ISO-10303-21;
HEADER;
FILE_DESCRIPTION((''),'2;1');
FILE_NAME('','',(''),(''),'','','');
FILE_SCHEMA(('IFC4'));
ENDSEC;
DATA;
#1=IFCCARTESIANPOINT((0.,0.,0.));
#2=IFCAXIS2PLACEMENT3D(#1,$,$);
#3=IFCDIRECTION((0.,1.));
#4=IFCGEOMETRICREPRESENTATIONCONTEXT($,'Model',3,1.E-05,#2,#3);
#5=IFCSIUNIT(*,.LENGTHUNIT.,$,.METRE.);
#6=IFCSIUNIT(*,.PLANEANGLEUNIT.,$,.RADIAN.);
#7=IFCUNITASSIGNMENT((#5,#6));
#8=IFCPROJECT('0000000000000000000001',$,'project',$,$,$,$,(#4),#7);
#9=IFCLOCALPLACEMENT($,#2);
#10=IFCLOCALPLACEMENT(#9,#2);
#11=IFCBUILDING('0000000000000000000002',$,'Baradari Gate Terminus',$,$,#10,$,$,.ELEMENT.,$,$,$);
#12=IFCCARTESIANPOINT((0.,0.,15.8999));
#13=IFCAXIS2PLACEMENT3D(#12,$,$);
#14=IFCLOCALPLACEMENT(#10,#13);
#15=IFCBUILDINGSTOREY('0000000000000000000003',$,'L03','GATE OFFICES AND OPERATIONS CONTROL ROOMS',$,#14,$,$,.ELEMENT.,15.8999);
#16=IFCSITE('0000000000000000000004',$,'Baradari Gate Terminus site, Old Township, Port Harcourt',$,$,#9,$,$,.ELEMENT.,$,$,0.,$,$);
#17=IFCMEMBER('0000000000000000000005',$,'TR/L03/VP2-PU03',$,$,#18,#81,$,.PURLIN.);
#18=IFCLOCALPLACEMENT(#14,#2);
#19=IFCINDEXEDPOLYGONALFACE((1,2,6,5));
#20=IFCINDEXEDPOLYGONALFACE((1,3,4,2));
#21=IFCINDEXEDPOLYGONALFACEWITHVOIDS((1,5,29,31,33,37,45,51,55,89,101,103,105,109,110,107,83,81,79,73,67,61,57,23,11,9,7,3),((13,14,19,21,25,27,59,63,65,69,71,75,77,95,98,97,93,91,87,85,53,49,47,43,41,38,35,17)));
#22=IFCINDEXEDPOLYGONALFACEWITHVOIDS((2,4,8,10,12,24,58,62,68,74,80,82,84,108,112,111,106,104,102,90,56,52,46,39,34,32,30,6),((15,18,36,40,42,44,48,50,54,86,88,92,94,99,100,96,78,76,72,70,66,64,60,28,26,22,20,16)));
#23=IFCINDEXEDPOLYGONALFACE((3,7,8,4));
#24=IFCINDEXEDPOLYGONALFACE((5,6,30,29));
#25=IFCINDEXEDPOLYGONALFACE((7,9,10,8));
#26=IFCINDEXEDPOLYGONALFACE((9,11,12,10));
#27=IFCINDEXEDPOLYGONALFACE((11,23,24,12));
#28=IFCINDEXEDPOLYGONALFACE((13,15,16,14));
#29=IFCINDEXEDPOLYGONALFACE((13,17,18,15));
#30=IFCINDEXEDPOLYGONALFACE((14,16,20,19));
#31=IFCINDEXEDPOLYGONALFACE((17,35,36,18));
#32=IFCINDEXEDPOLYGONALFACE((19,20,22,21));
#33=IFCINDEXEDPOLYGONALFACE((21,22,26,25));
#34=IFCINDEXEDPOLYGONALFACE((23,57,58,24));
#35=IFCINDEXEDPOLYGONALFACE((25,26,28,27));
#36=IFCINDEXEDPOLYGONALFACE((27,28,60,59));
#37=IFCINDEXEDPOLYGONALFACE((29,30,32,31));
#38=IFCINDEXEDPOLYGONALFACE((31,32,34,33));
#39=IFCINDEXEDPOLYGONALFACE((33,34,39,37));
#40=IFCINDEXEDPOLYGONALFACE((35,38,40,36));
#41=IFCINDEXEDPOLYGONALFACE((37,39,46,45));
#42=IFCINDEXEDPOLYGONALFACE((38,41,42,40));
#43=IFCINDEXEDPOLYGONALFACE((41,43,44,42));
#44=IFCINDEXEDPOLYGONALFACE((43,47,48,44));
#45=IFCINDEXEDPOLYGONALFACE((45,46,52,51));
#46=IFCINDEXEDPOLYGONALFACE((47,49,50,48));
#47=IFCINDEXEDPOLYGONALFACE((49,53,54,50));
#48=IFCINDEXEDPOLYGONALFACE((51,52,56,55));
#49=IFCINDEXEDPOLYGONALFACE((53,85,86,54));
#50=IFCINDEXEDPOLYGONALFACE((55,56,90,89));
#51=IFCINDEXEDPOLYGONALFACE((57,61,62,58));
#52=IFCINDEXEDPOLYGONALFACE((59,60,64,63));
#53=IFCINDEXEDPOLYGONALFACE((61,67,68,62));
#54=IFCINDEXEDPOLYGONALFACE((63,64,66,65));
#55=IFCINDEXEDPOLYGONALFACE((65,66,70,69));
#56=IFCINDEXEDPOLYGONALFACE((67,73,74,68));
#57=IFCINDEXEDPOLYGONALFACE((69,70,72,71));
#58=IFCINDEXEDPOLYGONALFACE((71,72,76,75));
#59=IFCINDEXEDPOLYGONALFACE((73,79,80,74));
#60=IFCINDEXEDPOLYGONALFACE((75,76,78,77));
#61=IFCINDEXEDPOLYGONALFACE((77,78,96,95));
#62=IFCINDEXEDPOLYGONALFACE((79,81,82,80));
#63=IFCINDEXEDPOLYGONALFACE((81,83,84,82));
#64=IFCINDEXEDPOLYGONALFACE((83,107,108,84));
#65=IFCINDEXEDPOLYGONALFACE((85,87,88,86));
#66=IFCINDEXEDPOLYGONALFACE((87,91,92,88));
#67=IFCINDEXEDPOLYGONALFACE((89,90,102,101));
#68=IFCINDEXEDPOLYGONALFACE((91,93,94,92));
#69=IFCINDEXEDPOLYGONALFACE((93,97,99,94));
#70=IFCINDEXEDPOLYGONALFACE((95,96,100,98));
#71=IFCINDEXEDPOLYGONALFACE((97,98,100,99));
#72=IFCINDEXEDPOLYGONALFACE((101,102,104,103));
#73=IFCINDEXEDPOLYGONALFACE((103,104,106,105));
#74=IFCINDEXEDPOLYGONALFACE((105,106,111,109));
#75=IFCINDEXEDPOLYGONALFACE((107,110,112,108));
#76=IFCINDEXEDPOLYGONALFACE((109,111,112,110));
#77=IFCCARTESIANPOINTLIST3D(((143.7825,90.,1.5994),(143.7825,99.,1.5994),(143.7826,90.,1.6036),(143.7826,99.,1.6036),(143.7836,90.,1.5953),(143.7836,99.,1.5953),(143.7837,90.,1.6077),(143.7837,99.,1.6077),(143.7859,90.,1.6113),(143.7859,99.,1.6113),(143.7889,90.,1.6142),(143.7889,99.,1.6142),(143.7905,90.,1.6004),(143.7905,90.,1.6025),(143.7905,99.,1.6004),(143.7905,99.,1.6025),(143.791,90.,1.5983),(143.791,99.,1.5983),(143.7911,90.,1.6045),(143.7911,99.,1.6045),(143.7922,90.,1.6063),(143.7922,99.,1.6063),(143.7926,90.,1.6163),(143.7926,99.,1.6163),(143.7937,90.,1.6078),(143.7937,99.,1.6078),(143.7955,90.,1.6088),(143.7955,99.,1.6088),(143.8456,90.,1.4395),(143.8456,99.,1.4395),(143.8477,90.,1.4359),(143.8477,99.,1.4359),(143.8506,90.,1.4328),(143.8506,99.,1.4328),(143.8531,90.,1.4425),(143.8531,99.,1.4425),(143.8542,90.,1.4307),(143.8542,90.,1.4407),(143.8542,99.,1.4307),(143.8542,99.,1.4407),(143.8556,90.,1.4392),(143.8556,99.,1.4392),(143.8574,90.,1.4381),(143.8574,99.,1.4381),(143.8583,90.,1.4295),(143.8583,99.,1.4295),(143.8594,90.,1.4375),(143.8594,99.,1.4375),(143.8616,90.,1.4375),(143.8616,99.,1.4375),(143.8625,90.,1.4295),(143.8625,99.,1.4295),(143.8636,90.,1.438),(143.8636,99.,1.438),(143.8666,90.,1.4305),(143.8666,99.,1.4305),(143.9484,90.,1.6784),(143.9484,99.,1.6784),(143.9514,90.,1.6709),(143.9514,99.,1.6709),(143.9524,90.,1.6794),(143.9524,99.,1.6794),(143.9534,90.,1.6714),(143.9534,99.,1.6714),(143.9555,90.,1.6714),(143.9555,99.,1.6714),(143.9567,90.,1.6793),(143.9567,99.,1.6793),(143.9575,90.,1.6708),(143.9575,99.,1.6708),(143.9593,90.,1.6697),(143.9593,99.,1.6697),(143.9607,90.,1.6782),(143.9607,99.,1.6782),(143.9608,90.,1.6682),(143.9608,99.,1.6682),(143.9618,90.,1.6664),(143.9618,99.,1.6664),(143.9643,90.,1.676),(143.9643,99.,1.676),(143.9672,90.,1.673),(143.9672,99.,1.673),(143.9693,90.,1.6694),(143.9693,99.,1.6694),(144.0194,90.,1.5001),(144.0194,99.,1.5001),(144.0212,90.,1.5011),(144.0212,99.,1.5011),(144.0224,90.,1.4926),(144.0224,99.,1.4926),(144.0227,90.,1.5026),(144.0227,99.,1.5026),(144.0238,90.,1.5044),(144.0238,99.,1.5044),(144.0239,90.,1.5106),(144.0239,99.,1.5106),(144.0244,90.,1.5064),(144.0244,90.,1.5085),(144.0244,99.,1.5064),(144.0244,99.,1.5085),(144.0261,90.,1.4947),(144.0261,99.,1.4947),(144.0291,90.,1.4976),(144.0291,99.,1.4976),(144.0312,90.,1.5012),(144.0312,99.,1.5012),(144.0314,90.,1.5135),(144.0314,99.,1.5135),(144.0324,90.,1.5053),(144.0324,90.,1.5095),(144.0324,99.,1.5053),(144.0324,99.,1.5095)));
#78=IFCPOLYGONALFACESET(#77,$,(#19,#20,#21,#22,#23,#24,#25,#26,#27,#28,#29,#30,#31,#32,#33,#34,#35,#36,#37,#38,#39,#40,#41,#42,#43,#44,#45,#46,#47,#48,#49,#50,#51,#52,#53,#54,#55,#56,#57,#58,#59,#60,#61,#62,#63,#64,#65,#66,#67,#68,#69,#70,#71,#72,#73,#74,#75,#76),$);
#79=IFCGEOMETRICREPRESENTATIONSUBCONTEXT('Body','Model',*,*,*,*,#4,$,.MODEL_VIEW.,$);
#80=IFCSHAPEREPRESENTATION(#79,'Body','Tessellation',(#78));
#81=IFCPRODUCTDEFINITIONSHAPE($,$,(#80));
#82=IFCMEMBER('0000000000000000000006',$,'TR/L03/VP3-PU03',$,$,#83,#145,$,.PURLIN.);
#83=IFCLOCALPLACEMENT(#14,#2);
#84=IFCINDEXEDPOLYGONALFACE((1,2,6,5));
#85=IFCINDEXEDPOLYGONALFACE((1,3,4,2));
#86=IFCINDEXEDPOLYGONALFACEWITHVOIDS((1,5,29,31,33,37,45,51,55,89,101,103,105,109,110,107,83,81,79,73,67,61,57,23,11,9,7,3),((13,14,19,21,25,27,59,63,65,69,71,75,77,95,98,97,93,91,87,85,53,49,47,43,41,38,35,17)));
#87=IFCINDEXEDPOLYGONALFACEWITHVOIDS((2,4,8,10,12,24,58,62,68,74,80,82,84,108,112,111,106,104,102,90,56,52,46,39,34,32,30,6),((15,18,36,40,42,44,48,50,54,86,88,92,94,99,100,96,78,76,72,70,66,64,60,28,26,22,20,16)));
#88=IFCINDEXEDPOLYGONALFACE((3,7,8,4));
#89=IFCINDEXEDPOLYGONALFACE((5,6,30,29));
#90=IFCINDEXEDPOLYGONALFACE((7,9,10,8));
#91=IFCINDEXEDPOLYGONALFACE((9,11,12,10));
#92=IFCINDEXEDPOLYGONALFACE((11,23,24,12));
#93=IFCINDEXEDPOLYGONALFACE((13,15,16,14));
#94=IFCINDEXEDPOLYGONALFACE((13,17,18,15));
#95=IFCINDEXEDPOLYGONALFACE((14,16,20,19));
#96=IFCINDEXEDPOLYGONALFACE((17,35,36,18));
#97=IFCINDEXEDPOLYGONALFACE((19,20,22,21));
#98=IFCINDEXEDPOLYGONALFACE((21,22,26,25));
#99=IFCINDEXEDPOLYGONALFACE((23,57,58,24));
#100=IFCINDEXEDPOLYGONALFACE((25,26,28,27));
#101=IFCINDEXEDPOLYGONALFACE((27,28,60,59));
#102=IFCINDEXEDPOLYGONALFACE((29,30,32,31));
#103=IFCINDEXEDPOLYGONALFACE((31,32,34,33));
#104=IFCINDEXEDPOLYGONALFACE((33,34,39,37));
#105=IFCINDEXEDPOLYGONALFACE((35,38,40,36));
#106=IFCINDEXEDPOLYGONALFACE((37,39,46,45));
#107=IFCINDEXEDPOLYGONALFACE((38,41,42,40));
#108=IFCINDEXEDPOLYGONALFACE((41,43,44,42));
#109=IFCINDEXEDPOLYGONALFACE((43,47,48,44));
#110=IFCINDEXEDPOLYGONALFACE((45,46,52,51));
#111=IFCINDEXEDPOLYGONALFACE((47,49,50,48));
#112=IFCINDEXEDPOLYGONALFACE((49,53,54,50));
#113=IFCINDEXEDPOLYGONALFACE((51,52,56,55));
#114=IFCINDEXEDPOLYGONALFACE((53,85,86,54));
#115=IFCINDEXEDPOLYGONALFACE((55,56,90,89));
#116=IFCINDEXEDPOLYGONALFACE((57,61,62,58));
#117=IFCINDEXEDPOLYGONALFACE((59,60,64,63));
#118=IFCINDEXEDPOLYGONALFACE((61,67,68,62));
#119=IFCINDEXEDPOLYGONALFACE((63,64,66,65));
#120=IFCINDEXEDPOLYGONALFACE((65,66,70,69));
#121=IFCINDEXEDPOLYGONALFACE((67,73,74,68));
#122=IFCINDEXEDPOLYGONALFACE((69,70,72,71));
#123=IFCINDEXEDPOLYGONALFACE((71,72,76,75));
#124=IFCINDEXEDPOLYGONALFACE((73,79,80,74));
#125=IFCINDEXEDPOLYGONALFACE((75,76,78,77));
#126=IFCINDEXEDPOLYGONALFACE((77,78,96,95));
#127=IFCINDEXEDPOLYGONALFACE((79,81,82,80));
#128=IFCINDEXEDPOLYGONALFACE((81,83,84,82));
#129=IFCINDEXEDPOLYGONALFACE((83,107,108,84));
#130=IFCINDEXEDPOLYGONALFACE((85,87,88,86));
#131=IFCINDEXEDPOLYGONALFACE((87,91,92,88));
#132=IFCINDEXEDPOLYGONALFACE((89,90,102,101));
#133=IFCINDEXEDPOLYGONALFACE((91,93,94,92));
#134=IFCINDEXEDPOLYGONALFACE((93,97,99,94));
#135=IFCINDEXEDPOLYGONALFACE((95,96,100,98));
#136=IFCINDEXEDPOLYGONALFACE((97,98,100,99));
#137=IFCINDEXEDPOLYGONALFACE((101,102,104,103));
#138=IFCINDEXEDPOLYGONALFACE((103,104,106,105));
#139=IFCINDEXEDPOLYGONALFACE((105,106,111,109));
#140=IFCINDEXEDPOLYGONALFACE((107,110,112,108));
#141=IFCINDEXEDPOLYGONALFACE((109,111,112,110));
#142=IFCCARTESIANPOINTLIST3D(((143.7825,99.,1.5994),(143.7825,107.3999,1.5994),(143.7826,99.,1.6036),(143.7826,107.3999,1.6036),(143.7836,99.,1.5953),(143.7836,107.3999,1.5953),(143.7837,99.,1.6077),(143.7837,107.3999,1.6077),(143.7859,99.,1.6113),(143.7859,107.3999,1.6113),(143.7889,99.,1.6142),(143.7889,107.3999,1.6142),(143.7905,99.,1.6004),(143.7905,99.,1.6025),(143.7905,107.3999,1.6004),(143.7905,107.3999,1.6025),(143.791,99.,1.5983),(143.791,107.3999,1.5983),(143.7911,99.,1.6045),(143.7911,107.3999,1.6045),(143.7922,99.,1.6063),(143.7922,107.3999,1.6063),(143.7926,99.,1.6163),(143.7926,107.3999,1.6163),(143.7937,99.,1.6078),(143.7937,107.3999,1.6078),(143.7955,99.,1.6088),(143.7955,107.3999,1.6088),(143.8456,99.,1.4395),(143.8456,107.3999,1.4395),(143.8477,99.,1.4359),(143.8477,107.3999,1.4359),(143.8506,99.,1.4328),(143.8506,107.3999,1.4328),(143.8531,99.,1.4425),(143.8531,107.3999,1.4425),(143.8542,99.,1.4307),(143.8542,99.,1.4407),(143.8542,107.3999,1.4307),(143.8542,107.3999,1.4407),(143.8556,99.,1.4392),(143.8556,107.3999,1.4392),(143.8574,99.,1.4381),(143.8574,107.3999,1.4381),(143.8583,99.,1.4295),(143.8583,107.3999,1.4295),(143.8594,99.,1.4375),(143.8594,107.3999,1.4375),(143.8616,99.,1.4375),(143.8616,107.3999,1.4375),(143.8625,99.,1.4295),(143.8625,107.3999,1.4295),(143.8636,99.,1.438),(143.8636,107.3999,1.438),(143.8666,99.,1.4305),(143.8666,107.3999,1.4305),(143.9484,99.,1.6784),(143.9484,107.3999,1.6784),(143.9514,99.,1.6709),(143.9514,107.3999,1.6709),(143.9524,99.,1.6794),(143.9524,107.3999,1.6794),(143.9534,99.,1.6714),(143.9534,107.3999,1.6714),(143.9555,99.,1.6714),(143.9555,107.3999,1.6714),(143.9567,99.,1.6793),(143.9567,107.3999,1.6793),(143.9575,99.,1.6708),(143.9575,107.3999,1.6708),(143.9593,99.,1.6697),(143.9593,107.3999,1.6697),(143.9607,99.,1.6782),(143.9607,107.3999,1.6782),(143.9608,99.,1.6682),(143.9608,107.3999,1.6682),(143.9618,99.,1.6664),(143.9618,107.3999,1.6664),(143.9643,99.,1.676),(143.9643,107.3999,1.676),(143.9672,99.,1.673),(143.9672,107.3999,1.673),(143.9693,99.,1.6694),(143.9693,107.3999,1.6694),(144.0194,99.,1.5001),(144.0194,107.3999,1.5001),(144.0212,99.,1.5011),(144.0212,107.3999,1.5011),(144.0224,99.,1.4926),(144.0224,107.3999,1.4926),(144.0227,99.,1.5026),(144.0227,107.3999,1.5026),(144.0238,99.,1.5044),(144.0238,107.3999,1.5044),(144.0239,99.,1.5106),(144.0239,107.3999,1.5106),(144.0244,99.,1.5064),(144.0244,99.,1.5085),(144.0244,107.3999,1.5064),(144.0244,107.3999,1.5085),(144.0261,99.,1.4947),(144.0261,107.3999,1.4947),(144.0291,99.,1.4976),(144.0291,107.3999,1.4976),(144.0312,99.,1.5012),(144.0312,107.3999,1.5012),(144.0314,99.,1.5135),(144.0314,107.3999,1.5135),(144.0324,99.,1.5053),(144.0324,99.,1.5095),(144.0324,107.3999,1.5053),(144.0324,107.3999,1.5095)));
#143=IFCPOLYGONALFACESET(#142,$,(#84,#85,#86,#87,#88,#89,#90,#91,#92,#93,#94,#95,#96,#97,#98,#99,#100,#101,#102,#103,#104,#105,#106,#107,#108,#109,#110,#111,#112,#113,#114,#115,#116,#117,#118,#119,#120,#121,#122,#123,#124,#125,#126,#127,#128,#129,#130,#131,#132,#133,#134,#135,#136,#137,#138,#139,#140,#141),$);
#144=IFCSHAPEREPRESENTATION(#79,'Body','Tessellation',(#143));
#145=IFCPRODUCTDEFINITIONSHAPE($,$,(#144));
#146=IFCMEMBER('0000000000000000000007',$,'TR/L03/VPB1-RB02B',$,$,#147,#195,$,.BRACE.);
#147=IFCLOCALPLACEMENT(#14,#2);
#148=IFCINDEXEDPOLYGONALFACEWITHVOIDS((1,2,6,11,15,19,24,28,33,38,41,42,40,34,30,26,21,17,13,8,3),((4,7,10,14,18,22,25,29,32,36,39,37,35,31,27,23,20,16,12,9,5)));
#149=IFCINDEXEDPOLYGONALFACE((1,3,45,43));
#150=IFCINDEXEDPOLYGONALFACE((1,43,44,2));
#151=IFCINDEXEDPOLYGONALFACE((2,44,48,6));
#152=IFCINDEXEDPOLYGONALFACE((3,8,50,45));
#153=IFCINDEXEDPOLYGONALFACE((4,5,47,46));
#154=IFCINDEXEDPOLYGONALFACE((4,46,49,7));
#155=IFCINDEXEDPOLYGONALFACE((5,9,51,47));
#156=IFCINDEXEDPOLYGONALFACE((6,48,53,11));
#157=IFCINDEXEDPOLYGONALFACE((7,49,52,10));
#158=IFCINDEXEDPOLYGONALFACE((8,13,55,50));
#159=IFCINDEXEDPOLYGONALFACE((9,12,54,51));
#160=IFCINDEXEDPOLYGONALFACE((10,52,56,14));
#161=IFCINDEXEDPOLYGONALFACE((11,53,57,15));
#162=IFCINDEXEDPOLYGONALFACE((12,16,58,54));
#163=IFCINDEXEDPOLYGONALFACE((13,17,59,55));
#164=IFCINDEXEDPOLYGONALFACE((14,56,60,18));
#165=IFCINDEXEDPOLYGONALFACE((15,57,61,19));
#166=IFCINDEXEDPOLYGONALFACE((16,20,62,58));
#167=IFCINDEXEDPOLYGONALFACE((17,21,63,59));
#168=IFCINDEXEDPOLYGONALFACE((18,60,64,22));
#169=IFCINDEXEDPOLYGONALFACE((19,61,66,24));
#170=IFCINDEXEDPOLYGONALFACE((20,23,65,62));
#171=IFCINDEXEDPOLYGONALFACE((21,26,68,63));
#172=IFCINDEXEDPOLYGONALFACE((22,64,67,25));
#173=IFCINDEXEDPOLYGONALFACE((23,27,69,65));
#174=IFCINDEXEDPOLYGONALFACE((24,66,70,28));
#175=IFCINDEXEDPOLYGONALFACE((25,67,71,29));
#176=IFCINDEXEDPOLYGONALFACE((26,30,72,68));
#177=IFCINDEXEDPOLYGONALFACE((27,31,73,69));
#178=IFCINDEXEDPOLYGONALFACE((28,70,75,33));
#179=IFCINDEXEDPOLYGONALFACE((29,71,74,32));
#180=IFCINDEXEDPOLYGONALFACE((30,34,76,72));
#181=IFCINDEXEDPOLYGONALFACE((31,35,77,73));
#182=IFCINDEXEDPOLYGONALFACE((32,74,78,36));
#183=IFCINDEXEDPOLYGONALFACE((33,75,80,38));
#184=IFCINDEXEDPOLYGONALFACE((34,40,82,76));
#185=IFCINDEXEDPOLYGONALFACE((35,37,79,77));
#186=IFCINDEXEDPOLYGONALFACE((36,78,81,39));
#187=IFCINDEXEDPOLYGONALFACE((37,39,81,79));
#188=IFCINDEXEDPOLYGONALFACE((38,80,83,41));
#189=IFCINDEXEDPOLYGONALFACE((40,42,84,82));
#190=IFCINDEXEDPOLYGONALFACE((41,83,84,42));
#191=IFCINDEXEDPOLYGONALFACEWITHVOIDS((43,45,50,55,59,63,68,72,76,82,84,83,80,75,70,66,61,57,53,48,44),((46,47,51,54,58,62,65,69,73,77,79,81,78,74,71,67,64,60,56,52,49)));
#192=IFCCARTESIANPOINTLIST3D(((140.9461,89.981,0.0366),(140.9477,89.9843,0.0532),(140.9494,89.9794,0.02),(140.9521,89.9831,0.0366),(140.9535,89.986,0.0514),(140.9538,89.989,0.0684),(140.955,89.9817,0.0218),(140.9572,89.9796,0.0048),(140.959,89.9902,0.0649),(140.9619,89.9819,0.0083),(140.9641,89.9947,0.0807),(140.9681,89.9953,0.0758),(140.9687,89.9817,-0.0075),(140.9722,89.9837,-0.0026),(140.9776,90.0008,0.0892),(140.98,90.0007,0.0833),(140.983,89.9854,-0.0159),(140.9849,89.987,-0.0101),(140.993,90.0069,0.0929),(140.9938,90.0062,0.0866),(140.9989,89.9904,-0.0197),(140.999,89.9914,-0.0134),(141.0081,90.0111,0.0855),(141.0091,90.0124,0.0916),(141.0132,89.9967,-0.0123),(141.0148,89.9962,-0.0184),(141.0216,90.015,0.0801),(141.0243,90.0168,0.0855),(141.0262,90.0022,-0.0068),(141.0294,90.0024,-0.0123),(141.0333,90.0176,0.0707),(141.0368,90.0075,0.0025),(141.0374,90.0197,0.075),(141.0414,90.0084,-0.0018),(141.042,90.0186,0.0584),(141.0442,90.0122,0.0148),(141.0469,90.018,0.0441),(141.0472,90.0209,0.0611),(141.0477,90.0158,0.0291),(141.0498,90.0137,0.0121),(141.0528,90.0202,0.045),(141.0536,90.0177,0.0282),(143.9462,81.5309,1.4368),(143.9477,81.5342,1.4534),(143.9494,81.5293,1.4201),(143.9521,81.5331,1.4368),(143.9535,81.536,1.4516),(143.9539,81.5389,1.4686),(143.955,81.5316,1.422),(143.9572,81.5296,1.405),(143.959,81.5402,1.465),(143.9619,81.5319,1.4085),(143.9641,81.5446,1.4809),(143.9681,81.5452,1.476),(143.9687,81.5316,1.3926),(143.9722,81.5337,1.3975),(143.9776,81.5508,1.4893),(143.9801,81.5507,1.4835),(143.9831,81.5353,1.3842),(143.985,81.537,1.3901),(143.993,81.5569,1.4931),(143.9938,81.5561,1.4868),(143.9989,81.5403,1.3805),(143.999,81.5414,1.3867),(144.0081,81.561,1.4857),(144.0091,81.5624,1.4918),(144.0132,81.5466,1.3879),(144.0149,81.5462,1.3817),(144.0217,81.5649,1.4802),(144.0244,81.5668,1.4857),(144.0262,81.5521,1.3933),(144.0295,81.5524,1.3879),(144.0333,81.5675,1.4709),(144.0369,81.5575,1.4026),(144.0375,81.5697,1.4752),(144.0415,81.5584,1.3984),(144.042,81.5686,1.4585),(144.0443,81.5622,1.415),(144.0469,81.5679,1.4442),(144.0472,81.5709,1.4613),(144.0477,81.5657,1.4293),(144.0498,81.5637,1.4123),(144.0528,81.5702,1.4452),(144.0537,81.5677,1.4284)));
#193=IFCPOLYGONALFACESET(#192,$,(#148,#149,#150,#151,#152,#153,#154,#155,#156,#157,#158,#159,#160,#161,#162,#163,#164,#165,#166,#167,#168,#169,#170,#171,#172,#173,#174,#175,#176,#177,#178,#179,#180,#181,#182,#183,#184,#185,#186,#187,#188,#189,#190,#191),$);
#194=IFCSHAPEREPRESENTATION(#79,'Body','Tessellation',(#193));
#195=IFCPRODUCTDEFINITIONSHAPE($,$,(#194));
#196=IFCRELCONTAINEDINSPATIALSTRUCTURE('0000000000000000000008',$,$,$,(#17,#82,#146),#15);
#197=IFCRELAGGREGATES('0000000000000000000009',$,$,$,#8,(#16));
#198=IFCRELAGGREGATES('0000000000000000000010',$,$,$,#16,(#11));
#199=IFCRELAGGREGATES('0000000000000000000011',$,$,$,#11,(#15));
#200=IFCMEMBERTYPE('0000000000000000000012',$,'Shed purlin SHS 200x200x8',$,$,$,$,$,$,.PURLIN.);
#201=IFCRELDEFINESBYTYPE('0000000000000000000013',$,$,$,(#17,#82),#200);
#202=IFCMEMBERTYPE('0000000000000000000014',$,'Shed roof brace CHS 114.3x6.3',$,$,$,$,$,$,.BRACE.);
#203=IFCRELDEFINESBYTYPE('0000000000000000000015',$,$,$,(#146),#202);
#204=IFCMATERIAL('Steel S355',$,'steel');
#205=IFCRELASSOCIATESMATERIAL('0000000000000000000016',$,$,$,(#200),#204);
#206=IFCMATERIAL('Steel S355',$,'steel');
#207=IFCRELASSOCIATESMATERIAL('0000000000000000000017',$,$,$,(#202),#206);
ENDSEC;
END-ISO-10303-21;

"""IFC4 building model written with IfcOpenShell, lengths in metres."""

from ifc_helpers import new_model, si_unit, direction, frame, origin, origin_2d, place, context, subcontext, project, spatial, hollow_rectangle, hollow_circle, extrude, material, material_profile, profile_set, type_object, element, save


model = new_model("IFC4")

# Units and contexts
model_context = context("Model", 3, precision=1e-05, world=origin(), true_north=direction((0.0, 1.0)))
body_context = subcontext(model_context, "Body", "Model", "MODEL_VIEW")
ifc_project = project(units=[si_unit("LENGTHUNIT", "METRE"), si_unit("PLANEANGLEUNIT", "RADIAN")], contexts=[model_context])

# Site, building, storey
site_placement = place(None, origin())
site = spatial("IfcSite", under=ifc_project, at=site_placement, Name="Baradari Gate Terminus site, Old Township, Port Harcourt", CompositionType="ELEMENT", RefElevation=0.0)
building_placement = place(site_placement, origin())
building = spatial("IfcBuilding", under=site, at=building_placement, Name="Baradari Gate Terminus", CompositionType="ELEMENT")
storey_placement = place(building_placement, frame((0.0, 0.0, 15.8999)))
storey = spatial("IfcBuildingStorey", under=building, at=storey_placement, Name="L03", Description="GATE OFFICES AND OPERATIONS CONTROL ROOMS", CompositionType="ELEMENT", Elevation=15.8999)

# Members
ifc_material_1 = material(Name="Steel S355", Category="steel")
ifc_material_profile_1 = material_profile(ifc_material_1, hollow_rectangle(XDim=0.2, YDim=0.2, WallThickness=0.0081, InnerFilletRadius=0.0081, OuterFilletRadius=0.0161, at=origin_2d()), Name="SHS 200x200x8")
ifc_profile_set_1 = profile_set([ifc_material_profile_1], Name="Steel S355")
member_type_1 = type_object("IfcMemberType", Name="Shed purlin SHS 200x200x8", PredefinedType="PURLIN", material=ifc_profile_set_1)
member_1_placement = place(storey_placement, frame((143.9075, 90.0, 1.5544), z_axis=(0.0, 1.0, 0.0), x_axis=(-0.928965, 0.0, -0.370167)))
element("IfcMember", 1, at=member_1_placement, inside=storey, type_object=member_type_1, Name="TR/L03/VP2-PU03", PredefinedType="PURLIN", context=body_context, shape_type="SweptSolid", body=[
    extrude(hollow_rectangle(XDim=0.2, YDim=0.2, WallThickness=0.0081, InnerFilletRadius=0.0081, OuterFilletRadius=0.0161, at=origin_2d()), origin(), (0.0, 0.0, 1.0), 9.0),
])
member_2_placement = place(storey_placement, frame((143.9075, 99.0, 1.5544), z_axis=(0.0, 1.0, 0.0), x_axis=(-0.928965, 0.0, -0.370167)))
element("IfcMember", 2, at=member_2_placement, inside=storey, type_object=member_type_1, Name="TR/L03/VP3-PU03", PredefinedType="PURLIN", context=body_context, shape_type="SweptSolid", body=[
    extrude(hollow_rectangle(XDim=0.2, YDim=0.2, WallThickness=0.0081, InnerFilletRadius=0.0081, OuterFilletRadius=0.0161, at=origin_2d()), origin(), (0.0, 0.0, 1.0), 8.3999),
])
ifc_material_2 = material(Name="Steel S355", Category="steel")
ifc_material_profile_2 = material_profile(ifc_material_2, hollow_circle(Radius=0.0571, WallThickness=0.0063, at=origin_2d()), Name="CHS 114.3x6.3")
ifc_profile_set_2 = profile_set([ifc_material_profile_2], Name="Steel S355")
member_type_2 = type_object("IfcMemberType", Name="Shed roof brace CHS 114.3x6.3", PredefinedType="BRACE", material=ifc_profile_set_2)
member_3_placement = place(storey_placement, frame((144.0, 81.55, 1.4368), z_axis=(-0.330566, 0.931088, -0.15428), x_axis=(-0.94237, -0.334571, 0.0)))
element("IfcMember", 3, at=member_3_placement, inside=storey, type_object=member_type_2, Name="TR/L03/VPB1-RB02B", PredefinedType="BRACE", context=body_context, shape_type="SweptSolid", body=[
    extrude(hollow_circle(Radius=0.0571, WallThickness=0.0063, at=origin_2d()), origin(), (0.0, 0.0, 1.0), 9.0754),
])

save(model, "model.ifc")
